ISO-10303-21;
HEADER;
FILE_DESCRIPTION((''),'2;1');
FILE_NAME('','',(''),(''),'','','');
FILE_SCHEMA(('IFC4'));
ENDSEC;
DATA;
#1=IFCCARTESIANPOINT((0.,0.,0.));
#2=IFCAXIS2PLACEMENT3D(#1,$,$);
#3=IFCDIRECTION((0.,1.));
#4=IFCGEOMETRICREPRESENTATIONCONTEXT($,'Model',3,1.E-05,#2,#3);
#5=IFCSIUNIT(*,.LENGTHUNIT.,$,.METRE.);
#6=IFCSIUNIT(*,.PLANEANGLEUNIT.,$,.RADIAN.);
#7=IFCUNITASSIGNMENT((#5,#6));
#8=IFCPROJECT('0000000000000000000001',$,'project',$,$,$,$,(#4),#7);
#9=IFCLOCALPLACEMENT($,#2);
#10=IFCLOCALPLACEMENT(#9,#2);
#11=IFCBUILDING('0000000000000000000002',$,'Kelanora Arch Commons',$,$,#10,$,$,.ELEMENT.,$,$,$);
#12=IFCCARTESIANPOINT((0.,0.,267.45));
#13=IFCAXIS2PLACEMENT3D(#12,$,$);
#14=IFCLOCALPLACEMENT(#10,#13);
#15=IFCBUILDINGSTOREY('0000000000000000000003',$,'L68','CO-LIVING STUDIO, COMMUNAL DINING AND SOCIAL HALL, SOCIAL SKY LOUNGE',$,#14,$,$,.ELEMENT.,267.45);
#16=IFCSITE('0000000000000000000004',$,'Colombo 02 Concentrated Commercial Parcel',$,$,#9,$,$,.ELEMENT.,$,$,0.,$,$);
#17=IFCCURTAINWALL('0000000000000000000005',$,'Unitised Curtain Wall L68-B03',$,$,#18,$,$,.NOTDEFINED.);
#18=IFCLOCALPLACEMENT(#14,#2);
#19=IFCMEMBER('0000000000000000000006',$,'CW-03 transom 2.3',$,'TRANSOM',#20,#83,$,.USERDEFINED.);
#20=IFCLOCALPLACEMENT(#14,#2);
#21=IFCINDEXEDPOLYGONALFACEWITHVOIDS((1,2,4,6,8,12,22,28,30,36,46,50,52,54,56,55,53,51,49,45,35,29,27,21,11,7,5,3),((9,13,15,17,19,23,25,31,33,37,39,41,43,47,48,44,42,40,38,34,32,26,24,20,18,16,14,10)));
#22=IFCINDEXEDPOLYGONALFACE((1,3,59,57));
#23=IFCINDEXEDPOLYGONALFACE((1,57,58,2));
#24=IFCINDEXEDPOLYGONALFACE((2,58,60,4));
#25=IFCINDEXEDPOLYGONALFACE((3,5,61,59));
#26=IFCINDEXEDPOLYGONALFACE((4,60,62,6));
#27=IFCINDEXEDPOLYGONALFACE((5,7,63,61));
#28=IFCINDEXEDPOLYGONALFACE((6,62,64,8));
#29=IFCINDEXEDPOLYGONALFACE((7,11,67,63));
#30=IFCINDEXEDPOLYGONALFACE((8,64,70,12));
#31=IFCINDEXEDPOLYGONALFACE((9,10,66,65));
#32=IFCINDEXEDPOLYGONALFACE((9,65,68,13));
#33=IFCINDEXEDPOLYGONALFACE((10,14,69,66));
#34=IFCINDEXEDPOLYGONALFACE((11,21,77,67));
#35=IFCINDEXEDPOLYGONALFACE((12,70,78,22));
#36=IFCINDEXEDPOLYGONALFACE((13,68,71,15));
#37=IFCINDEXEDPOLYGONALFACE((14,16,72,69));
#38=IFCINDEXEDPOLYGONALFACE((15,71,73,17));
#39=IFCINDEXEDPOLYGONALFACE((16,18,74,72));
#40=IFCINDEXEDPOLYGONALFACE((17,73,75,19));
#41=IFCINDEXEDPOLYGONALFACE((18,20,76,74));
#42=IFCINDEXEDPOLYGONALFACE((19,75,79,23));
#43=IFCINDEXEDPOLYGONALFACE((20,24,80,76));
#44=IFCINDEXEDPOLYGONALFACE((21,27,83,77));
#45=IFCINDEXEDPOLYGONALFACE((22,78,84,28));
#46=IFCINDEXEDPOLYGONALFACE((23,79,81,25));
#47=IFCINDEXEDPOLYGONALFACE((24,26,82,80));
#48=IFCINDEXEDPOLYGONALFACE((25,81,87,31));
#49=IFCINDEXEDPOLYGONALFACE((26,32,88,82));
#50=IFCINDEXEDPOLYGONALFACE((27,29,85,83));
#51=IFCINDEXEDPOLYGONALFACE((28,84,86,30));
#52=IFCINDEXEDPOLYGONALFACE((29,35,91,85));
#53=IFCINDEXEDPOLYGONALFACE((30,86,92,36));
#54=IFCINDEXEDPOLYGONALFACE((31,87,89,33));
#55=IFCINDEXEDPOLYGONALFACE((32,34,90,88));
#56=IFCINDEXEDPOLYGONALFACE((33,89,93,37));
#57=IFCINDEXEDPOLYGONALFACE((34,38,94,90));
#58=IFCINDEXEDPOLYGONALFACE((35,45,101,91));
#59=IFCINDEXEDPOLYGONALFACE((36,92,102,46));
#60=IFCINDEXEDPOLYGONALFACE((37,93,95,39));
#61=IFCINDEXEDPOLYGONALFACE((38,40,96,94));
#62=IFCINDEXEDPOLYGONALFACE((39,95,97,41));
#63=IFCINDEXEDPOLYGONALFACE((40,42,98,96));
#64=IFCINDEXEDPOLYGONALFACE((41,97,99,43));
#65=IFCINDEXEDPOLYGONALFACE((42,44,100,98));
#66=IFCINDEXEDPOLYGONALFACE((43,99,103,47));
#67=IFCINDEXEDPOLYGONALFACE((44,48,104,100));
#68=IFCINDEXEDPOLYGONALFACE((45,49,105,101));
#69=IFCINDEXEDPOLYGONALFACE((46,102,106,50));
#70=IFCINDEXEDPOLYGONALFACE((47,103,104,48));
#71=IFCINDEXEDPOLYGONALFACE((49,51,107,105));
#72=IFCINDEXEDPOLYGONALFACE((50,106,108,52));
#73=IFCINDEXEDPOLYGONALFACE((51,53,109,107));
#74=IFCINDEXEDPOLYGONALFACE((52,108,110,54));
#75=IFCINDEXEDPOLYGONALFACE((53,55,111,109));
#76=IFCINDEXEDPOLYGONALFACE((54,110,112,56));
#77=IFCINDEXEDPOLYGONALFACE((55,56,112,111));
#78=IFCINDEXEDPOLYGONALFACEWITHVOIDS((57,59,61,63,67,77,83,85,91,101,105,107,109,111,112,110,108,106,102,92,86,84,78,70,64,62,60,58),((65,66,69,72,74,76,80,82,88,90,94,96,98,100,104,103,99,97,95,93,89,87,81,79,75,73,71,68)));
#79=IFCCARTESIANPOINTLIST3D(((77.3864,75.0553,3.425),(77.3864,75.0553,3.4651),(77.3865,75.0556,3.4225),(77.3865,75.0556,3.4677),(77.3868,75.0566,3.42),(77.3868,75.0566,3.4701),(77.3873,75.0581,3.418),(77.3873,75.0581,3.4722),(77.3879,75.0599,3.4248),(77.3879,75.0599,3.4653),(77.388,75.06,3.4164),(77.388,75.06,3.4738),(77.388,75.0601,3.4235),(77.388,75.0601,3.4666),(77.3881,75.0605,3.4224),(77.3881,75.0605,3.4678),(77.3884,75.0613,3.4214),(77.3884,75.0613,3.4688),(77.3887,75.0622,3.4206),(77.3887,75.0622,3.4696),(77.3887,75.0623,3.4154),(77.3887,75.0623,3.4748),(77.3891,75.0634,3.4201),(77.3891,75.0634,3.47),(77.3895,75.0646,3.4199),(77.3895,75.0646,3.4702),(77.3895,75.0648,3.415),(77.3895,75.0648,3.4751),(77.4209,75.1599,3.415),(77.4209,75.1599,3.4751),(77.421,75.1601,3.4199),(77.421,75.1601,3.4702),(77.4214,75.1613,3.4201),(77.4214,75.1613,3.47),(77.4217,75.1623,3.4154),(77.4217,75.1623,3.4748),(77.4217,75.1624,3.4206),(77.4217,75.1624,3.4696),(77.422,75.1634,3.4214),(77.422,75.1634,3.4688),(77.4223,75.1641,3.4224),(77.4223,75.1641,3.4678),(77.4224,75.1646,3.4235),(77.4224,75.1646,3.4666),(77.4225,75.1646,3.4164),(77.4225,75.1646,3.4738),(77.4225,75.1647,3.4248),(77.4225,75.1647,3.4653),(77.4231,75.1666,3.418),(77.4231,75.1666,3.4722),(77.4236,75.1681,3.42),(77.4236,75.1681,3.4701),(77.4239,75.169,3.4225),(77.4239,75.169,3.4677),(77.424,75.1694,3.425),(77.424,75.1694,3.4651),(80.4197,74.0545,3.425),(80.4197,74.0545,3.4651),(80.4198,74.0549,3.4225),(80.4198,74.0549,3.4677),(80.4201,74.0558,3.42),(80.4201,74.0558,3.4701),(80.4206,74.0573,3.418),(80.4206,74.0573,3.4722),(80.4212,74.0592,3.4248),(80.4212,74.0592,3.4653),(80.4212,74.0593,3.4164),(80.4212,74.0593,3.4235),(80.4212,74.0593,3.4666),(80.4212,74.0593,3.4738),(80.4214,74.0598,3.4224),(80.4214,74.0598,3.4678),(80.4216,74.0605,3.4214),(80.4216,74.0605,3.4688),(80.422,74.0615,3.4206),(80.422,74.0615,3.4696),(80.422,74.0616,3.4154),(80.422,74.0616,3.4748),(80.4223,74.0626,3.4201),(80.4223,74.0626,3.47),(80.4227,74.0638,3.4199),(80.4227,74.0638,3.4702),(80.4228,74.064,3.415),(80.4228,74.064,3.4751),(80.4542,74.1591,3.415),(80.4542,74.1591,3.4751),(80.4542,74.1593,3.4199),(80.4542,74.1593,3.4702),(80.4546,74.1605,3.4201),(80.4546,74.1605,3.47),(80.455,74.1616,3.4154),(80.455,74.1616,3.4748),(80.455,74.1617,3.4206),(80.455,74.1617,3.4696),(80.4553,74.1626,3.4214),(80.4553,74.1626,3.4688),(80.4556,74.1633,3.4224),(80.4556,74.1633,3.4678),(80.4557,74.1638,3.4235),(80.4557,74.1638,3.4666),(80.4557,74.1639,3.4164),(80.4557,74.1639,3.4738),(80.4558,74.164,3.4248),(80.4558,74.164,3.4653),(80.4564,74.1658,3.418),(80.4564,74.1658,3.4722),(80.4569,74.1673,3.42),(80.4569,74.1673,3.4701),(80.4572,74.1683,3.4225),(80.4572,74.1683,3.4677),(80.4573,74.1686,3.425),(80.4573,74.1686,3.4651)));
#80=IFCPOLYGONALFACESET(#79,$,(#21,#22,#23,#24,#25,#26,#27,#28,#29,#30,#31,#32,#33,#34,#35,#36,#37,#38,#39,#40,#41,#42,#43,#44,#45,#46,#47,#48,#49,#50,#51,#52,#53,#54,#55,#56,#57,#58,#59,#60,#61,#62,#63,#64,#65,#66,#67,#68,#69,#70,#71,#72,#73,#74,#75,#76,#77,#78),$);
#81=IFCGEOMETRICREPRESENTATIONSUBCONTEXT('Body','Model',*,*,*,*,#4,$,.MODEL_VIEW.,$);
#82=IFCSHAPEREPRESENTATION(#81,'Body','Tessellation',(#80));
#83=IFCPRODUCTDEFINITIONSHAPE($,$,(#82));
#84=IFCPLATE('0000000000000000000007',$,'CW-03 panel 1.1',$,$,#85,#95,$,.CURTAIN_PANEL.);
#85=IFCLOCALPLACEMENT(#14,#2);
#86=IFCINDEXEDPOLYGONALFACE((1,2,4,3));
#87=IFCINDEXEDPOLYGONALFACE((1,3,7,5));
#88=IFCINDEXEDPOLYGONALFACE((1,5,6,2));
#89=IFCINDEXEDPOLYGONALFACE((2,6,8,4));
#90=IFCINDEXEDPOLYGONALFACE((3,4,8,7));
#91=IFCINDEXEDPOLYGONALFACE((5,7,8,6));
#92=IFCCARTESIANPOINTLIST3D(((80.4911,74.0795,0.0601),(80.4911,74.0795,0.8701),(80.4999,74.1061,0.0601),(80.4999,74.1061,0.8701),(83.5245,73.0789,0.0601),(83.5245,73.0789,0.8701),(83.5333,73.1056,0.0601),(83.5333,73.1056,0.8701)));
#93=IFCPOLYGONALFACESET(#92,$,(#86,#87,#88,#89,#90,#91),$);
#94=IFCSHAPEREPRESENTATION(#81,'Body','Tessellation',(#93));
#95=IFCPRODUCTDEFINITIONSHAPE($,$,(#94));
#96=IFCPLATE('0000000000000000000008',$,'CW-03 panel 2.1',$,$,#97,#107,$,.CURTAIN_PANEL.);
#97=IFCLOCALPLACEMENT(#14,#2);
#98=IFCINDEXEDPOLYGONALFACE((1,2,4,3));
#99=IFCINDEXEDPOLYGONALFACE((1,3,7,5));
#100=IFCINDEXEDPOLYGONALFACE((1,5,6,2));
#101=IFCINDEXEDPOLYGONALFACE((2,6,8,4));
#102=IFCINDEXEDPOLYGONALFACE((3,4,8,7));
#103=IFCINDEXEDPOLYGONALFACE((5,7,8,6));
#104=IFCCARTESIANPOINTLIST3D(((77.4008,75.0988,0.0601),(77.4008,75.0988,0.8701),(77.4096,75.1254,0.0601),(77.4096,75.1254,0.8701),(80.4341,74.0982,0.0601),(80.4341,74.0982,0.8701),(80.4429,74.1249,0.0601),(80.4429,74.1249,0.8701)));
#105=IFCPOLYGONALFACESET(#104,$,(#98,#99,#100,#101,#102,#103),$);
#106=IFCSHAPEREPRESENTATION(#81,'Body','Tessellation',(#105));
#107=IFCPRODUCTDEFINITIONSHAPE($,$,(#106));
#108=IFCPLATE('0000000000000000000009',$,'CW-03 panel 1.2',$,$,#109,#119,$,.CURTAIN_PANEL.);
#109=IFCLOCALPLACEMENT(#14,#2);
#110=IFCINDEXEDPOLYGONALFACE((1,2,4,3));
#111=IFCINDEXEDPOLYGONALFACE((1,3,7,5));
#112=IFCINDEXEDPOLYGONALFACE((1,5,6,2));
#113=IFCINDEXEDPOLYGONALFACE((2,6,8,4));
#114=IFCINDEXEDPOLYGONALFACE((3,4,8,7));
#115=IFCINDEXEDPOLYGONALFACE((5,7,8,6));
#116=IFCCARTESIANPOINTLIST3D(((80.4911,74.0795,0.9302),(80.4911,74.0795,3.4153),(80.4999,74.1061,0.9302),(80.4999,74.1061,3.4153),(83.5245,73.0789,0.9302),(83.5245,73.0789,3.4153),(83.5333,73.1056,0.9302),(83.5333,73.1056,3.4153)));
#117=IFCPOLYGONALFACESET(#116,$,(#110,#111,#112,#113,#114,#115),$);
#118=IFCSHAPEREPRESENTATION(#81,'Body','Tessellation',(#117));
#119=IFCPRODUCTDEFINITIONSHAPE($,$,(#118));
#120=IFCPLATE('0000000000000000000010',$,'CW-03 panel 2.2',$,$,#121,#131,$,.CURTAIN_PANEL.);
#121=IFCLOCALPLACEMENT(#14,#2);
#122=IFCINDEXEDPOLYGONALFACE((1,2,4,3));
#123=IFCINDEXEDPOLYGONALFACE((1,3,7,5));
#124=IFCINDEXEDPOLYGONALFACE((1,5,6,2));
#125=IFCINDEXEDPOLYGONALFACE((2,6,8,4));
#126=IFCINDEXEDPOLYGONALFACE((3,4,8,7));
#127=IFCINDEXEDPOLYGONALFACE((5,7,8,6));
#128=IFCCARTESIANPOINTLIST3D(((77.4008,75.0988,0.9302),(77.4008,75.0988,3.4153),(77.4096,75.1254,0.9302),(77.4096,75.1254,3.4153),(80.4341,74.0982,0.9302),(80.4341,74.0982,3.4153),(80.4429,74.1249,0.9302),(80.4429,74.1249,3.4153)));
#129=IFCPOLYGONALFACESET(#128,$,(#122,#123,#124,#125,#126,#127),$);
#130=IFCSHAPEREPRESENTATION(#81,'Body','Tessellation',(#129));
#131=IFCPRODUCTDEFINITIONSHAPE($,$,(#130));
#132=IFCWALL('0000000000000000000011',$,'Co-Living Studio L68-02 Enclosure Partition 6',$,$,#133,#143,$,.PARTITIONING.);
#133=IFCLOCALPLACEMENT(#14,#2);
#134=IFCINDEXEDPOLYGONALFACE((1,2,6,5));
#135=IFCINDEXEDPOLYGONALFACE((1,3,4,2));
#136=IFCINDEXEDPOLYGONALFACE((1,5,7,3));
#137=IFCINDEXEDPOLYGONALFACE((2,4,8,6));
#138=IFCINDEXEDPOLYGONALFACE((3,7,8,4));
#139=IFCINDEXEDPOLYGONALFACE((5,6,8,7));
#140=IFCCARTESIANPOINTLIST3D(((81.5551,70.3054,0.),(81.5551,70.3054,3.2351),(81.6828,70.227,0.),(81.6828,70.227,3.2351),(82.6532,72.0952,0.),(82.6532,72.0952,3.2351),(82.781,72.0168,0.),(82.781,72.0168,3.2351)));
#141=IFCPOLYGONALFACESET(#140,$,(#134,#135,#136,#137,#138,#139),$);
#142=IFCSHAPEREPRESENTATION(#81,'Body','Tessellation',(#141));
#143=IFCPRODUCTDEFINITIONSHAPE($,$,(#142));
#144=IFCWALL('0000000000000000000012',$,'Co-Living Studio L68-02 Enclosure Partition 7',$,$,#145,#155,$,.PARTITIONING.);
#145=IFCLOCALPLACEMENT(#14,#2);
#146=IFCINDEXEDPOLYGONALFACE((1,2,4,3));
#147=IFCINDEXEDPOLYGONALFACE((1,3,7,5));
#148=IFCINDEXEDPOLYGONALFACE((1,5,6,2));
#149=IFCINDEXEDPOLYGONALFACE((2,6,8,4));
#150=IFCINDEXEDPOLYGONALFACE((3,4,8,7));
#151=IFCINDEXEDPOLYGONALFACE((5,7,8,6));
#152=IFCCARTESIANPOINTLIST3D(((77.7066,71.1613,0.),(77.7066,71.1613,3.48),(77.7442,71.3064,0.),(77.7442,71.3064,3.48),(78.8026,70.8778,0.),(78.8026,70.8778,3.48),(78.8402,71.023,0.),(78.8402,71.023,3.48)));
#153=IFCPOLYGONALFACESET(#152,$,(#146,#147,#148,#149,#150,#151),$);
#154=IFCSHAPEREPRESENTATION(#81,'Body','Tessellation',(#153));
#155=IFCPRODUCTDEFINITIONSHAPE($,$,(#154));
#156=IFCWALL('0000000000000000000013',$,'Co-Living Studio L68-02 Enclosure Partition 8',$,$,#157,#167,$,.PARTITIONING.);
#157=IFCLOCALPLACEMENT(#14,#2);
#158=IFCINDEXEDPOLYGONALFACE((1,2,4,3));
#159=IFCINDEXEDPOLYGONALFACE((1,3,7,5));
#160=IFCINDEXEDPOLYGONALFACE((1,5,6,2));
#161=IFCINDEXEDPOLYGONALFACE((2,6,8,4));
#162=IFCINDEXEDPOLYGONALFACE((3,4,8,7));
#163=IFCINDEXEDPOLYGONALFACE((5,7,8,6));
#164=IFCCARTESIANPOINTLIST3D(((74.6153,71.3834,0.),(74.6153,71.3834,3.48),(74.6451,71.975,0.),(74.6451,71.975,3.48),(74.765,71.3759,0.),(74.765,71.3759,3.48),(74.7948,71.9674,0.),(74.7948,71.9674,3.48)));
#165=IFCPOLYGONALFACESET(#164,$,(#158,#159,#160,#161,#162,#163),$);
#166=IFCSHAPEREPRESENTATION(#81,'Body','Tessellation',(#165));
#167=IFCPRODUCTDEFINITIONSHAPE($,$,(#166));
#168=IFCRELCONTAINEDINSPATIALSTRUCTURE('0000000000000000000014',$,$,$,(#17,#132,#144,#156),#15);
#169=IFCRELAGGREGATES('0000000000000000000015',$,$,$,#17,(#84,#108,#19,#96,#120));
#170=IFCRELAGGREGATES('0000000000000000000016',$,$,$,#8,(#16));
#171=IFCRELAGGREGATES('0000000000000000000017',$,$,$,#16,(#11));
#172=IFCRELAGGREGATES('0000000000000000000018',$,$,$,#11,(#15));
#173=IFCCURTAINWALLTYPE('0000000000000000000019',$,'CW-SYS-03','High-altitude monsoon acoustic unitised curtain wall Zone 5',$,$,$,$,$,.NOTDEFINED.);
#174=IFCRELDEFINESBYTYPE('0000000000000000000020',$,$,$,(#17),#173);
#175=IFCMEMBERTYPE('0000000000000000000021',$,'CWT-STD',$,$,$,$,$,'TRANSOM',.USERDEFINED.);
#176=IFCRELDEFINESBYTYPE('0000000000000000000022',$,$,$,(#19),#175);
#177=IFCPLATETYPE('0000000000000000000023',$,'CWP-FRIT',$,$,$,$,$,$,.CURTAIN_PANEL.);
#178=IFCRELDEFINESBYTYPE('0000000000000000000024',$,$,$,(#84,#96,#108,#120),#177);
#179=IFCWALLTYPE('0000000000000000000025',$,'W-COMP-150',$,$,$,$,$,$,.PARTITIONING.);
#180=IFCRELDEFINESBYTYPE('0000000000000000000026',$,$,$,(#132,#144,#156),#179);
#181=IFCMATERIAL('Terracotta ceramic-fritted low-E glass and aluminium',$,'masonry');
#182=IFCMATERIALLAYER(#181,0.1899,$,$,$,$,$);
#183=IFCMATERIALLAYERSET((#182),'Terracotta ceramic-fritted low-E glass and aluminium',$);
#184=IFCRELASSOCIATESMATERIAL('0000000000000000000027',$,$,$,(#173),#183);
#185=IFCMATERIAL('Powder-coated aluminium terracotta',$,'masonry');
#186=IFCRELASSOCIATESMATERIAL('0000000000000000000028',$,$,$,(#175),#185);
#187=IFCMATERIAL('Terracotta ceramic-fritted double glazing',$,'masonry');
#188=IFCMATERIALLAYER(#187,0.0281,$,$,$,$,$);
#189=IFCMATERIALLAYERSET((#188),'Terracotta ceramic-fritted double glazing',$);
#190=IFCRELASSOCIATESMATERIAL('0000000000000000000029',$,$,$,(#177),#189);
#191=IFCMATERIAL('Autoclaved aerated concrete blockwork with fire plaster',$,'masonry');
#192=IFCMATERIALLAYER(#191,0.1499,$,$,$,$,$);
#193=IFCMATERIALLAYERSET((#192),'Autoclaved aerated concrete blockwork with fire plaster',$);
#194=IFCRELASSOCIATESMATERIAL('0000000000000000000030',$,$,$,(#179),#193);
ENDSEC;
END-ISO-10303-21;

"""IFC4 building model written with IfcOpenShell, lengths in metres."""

from ifc_helpers import new_model, si_unit, direction, frame, frame_2d, origin, origin_2d, place, context, subcontext, project, spatial, rectangle, hollow_rectangle, extrude, source, transform, mapped, material, layer, layer_set, material_profile, profile_set, type_object, element, aggregate, save


model = new_model("IFC4")

# Units and contexts
model_context = context("Model", 3, precision=1e-05, world=origin(), true_north=direction((0.0, 1.0)))
body_context = subcontext(model_context, "Body", "Model", "MODEL_VIEW")
ifc_project = project(units=[si_unit("LENGTHUNIT", "METRE"), si_unit("PLANEANGLEUNIT", "RADIAN")], contexts=[model_context])

# Site, building, storey
site_placement = place(None, origin())
site = spatial("IfcSite", under=ifc_project, at=site_placement, Name="Colombo 02 Concentrated Commercial Parcel", CompositionType="ELEMENT", RefElevation=0.0)
building_placement = place(site_placement, origin())
building = spatial("IfcBuilding", under=site, at=building_placement, Name="Kelanora Arch Commons", CompositionType="ELEMENT")
storey_placement = place(building_placement, frame((0.0, 0.0, 267.45)))
storey = spatial("IfcBuildingStorey", under=building, at=storey_placement, Name="L68", Description="CO-LIVING STUDIO, COMMUNAL DINING AND SOCIAL HALL, SOCIAL SKY LOUNGE", CompositionType="ELEMENT", Elevation=267.45)

# Curtain wall, member, plates
ifc_material_1 = material(Name="Terracotta ceramic-fritted low-E glass and aluminium", Category="masonry")
ifc_layer_1 = layer(ifc_material_1, 0.1899)
ifc_layer_set_1 = layer_set([ifc_layer_1], Name="Terracotta ceramic-fritted low-E glass and aluminium")
curtain_wall_type = type_object("IfcCurtainWallType", Name="CW-SYS-03", Description="High-altitude monsoon acoustic unitised curtain wall Zone 5", PredefinedType="NOTDEFINED", material=ifc_layer_set_1)
curtain_wall_placement = place(storey_placement, origin())
curtain_wall = element("IfcCurtainWall", 1, at=curtain_wall_placement, inside=storey, type_object=curtain_wall_type, Name="Unitised Curtain Wall L68-B03", PredefinedType="NOTDEFINED")
ifc_material_2 = material(Name="Powder-coated aluminium terracotta", Category="masonry")
ifc_material_profile_1 = material_profile(ifc_material_2, hollow_rectangle(XDim=0.1201, YDim=0.0601, WallThickness=0.0049, InnerFilletRadius=0.0049, OuterFilletRadius=0.01, at=origin_2d()), Name="CWT120x60")
ifc_profile_set_1 = profile_set([ifc_material_profile_1], Name="Powder-coated aluminium terracotta")
member_type_1 = type_object("IfcMemberType", Name="CWT-STD", ElementType="TRANSOM", PredefinedType="USERDEFINED", material=ifc_profile_set_1)
member_1_placement = place(storey_placement, frame((80.4385, 74.1116, 3.4451), z_axis=(-0.94965, 0.313314, 0.0), x_axis=(-0.313314, -0.94965, 0.0)))
member_1 = element("IfcMember", 2, at=member_1_placement, type_object=member_type_1, Name="CW-03 transom 2.3", ObjectType="TRANSOM", PredefinedType="USERDEFINED", context=body_context, shape_type="SweptSolid", body=[
    extrude(hollow_rectangle(XDim=0.1201, YDim=0.0601, WallThickness=0.0049, InnerFilletRadius=0.0049, OuterFilletRadius=0.01, at=origin_2d()), origin(), (0.0, 0.0, 1.0), 3.1941),
])
ifc_material_3 = material(Name="Terracotta ceramic-fritted double glazing", Category="masonry")
ifc_layer_2 = layer(ifc_material_3, 0.0281)
ifc_layer_set_2 = layer_set([ifc_layer_2], Name="Terracotta ceramic-fritted double glazing")
plate_type = type_object("IfcPlateType", Name="CWP-FRIT", PredefinedType="CURTAIN_PANEL", material=ifc_layer_set_2)
shared_shape_1 = source(origin(), body_context, "Body", "SweptSolid", [
    extrude(rectangle(XDim=3.1941, YDim=0.0281, at=origin_2d()), origin(), (0.0, 0.0, 1.0), 0.8101),
])
plate_1_placement = place(storey_placement, frame((82.0122, 73.5925, 0.0601), z_axis=(0.0, 0.0, 1.0), x_axis=(-0.94967, 0.313253, 0.0)))
plate_1 = element("IfcPlate", 3, at=plate_1_placement, type_object=plate_type, Name="CW-03 panel 1.1", PredefinedType="CURTAIN_PANEL", context=body_context, shape_type="MappedRepresentation", body=[
    mapped(shared_shape_1, transform((0.0, 0.0, 0.0), scale=1.0)),
])
plate_2_placement = place(storey_placement, frame((78.9219, 74.6118, 0.0601), z_axis=(0.0, 0.0, 1.0), x_axis=(-0.94967, 0.313253, 0.0)))
plate_2 = element("IfcPlate", 4, at=plate_2_placement, type_object=plate_type, Name="CW-03 panel 2.1", PredefinedType="CURTAIN_PANEL", context=body_context, shape_type="MappedRepresentation", body=[
    mapped(shared_shape_1, transform((0.0, 0.0, 0.0), scale=1.0)),
])
shared_shape_2 = source(origin(), body_context, "Body", "SweptSolid", [
    extrude(rectangle(XDim=3.1941, YDim=0.0281, at=origin_2d()), origin(), (0.0, 0.0, 1.0), 2.4851),
])
plate_3_placement = place(storey_placement, frame((82.0122, 73.5925, 0.9302), z_axis=(0.0, 0.0, 1.0), x_axis=(-0.94967, 0.313253, 0.0)))
plate_3 = element("IfcPlate", 5, at=plate_3_placement, type_object=plate_type, Name="CW-03 panel 1.2", PredefinedType="CURTAIN_PANEL", context=body_context, shape_type="MappedRepresentation", body=[
    mapped(shared_shape_2, transform((0.0, 0.0, 0.0), scale=1.0)),
])
plate_4_placement = place(storey_placement, frame((78.9219, 74.6118, 0.9302), z_axis=(0.0, 0.0, 1.0), x_axis=(-0.94967, 0.313253, 0.0)))
plate_4 = element("IfcPlate", 6, at=plate_4_placement, type_object=plate_type, Name="CW-03 panel 2.2", PredefinedType="CURTAIN_PANEL", context=body_context, shape_type="MappedRepresentation", body=[
    mapped(shared_shape_2, transform((0.0, 0.0, 0.0), scale=1.0)),
])
aggregate(curtain_wall, [plate_1, plate_3, member_1, plate_2, plate_4])

# Walls
ifc_material_4 = material(Name="Autoclaved aerated concrete blockwork with fire plaster", Category="masonry")
ifc_layer_3 = layer(ifc_material_4, 0.1499)
ifc_layer_set_3 = layer_set([ifc_layer_3], Name="Autoclaved aerated concrete blockwork with fire plaster")
wall_type_1 = type_object("IfcWallType", Name="W-COMP-150", PredefinedType="PARTITIONING", material=ifc_layer_set_3)
wall_1_placement = place(storey_placement, frame((82.717, 72.0559, 0.0), z_axis=(0.0, 0.0, 1.0), x_axis=(-0.522968, -0.852352, 0.0)))
element("IfcWall", 7, at=wall_1_placement, inside=storey, type_object=wall_type_1, Name="Co-Living Studio L68-02 Enclosure Partition 6", PredefinedType="PARTITIONING", context=body_context, shape_type="SweptSolid", body=[
    extrude(rectangle(XDim=2.0999, YDim=0.1499, at=frame_2d((1.0498, 0.0))), origin(), (0.0, 0.0, 1.0), 3.2351),
])
wall_2_placement = place(storey_placement, frame((78.8213, 70.9504, 0.0), z_axis=(0.0, 0.0, 1.0), x_axis=(-0.968144, 0.250393, 0.0)))
element("IfcWall", 8, at=wall_2_placement, inside=storey, type_object=wall_type_1, Name="Co-Living Studio L68-02 Enclosure Partition 7", PredefinedType="PARTITIONING", context=body_context, shape_type="SweptSolid", body=[
    extrude(rectangle(XDim=1.1321, YDim=0.1499, at=frame_2d((0.5659, 0.0))), origin(), (0.0, 0.0, 1.0), 3.48),
])
wall_3_placement = place(storey_placement, frame((74.72, 71.9712, 0.0), z_axis=(0.0, 0.0, 1.0), x_axis=(-0.050287, -0.998735, 0.0)))
element("IfcWall", 9, at=wall_3_placement, inside=storey, type_object=wall_type_1, Name="Co-Living Studio L68-02 Enclosure Partition 8", PredefinedType="PARTITIONING", context=body_context, shape_type="SweptSolid", body=[
    extrude(rectangle(XDim=0.5923, YDim=0.1499, at=frame_2d((0.2961, 0.0))), origin(), (0.0, 0.0, 1.0), 3.48),
])

save(model, "model.ifc")
